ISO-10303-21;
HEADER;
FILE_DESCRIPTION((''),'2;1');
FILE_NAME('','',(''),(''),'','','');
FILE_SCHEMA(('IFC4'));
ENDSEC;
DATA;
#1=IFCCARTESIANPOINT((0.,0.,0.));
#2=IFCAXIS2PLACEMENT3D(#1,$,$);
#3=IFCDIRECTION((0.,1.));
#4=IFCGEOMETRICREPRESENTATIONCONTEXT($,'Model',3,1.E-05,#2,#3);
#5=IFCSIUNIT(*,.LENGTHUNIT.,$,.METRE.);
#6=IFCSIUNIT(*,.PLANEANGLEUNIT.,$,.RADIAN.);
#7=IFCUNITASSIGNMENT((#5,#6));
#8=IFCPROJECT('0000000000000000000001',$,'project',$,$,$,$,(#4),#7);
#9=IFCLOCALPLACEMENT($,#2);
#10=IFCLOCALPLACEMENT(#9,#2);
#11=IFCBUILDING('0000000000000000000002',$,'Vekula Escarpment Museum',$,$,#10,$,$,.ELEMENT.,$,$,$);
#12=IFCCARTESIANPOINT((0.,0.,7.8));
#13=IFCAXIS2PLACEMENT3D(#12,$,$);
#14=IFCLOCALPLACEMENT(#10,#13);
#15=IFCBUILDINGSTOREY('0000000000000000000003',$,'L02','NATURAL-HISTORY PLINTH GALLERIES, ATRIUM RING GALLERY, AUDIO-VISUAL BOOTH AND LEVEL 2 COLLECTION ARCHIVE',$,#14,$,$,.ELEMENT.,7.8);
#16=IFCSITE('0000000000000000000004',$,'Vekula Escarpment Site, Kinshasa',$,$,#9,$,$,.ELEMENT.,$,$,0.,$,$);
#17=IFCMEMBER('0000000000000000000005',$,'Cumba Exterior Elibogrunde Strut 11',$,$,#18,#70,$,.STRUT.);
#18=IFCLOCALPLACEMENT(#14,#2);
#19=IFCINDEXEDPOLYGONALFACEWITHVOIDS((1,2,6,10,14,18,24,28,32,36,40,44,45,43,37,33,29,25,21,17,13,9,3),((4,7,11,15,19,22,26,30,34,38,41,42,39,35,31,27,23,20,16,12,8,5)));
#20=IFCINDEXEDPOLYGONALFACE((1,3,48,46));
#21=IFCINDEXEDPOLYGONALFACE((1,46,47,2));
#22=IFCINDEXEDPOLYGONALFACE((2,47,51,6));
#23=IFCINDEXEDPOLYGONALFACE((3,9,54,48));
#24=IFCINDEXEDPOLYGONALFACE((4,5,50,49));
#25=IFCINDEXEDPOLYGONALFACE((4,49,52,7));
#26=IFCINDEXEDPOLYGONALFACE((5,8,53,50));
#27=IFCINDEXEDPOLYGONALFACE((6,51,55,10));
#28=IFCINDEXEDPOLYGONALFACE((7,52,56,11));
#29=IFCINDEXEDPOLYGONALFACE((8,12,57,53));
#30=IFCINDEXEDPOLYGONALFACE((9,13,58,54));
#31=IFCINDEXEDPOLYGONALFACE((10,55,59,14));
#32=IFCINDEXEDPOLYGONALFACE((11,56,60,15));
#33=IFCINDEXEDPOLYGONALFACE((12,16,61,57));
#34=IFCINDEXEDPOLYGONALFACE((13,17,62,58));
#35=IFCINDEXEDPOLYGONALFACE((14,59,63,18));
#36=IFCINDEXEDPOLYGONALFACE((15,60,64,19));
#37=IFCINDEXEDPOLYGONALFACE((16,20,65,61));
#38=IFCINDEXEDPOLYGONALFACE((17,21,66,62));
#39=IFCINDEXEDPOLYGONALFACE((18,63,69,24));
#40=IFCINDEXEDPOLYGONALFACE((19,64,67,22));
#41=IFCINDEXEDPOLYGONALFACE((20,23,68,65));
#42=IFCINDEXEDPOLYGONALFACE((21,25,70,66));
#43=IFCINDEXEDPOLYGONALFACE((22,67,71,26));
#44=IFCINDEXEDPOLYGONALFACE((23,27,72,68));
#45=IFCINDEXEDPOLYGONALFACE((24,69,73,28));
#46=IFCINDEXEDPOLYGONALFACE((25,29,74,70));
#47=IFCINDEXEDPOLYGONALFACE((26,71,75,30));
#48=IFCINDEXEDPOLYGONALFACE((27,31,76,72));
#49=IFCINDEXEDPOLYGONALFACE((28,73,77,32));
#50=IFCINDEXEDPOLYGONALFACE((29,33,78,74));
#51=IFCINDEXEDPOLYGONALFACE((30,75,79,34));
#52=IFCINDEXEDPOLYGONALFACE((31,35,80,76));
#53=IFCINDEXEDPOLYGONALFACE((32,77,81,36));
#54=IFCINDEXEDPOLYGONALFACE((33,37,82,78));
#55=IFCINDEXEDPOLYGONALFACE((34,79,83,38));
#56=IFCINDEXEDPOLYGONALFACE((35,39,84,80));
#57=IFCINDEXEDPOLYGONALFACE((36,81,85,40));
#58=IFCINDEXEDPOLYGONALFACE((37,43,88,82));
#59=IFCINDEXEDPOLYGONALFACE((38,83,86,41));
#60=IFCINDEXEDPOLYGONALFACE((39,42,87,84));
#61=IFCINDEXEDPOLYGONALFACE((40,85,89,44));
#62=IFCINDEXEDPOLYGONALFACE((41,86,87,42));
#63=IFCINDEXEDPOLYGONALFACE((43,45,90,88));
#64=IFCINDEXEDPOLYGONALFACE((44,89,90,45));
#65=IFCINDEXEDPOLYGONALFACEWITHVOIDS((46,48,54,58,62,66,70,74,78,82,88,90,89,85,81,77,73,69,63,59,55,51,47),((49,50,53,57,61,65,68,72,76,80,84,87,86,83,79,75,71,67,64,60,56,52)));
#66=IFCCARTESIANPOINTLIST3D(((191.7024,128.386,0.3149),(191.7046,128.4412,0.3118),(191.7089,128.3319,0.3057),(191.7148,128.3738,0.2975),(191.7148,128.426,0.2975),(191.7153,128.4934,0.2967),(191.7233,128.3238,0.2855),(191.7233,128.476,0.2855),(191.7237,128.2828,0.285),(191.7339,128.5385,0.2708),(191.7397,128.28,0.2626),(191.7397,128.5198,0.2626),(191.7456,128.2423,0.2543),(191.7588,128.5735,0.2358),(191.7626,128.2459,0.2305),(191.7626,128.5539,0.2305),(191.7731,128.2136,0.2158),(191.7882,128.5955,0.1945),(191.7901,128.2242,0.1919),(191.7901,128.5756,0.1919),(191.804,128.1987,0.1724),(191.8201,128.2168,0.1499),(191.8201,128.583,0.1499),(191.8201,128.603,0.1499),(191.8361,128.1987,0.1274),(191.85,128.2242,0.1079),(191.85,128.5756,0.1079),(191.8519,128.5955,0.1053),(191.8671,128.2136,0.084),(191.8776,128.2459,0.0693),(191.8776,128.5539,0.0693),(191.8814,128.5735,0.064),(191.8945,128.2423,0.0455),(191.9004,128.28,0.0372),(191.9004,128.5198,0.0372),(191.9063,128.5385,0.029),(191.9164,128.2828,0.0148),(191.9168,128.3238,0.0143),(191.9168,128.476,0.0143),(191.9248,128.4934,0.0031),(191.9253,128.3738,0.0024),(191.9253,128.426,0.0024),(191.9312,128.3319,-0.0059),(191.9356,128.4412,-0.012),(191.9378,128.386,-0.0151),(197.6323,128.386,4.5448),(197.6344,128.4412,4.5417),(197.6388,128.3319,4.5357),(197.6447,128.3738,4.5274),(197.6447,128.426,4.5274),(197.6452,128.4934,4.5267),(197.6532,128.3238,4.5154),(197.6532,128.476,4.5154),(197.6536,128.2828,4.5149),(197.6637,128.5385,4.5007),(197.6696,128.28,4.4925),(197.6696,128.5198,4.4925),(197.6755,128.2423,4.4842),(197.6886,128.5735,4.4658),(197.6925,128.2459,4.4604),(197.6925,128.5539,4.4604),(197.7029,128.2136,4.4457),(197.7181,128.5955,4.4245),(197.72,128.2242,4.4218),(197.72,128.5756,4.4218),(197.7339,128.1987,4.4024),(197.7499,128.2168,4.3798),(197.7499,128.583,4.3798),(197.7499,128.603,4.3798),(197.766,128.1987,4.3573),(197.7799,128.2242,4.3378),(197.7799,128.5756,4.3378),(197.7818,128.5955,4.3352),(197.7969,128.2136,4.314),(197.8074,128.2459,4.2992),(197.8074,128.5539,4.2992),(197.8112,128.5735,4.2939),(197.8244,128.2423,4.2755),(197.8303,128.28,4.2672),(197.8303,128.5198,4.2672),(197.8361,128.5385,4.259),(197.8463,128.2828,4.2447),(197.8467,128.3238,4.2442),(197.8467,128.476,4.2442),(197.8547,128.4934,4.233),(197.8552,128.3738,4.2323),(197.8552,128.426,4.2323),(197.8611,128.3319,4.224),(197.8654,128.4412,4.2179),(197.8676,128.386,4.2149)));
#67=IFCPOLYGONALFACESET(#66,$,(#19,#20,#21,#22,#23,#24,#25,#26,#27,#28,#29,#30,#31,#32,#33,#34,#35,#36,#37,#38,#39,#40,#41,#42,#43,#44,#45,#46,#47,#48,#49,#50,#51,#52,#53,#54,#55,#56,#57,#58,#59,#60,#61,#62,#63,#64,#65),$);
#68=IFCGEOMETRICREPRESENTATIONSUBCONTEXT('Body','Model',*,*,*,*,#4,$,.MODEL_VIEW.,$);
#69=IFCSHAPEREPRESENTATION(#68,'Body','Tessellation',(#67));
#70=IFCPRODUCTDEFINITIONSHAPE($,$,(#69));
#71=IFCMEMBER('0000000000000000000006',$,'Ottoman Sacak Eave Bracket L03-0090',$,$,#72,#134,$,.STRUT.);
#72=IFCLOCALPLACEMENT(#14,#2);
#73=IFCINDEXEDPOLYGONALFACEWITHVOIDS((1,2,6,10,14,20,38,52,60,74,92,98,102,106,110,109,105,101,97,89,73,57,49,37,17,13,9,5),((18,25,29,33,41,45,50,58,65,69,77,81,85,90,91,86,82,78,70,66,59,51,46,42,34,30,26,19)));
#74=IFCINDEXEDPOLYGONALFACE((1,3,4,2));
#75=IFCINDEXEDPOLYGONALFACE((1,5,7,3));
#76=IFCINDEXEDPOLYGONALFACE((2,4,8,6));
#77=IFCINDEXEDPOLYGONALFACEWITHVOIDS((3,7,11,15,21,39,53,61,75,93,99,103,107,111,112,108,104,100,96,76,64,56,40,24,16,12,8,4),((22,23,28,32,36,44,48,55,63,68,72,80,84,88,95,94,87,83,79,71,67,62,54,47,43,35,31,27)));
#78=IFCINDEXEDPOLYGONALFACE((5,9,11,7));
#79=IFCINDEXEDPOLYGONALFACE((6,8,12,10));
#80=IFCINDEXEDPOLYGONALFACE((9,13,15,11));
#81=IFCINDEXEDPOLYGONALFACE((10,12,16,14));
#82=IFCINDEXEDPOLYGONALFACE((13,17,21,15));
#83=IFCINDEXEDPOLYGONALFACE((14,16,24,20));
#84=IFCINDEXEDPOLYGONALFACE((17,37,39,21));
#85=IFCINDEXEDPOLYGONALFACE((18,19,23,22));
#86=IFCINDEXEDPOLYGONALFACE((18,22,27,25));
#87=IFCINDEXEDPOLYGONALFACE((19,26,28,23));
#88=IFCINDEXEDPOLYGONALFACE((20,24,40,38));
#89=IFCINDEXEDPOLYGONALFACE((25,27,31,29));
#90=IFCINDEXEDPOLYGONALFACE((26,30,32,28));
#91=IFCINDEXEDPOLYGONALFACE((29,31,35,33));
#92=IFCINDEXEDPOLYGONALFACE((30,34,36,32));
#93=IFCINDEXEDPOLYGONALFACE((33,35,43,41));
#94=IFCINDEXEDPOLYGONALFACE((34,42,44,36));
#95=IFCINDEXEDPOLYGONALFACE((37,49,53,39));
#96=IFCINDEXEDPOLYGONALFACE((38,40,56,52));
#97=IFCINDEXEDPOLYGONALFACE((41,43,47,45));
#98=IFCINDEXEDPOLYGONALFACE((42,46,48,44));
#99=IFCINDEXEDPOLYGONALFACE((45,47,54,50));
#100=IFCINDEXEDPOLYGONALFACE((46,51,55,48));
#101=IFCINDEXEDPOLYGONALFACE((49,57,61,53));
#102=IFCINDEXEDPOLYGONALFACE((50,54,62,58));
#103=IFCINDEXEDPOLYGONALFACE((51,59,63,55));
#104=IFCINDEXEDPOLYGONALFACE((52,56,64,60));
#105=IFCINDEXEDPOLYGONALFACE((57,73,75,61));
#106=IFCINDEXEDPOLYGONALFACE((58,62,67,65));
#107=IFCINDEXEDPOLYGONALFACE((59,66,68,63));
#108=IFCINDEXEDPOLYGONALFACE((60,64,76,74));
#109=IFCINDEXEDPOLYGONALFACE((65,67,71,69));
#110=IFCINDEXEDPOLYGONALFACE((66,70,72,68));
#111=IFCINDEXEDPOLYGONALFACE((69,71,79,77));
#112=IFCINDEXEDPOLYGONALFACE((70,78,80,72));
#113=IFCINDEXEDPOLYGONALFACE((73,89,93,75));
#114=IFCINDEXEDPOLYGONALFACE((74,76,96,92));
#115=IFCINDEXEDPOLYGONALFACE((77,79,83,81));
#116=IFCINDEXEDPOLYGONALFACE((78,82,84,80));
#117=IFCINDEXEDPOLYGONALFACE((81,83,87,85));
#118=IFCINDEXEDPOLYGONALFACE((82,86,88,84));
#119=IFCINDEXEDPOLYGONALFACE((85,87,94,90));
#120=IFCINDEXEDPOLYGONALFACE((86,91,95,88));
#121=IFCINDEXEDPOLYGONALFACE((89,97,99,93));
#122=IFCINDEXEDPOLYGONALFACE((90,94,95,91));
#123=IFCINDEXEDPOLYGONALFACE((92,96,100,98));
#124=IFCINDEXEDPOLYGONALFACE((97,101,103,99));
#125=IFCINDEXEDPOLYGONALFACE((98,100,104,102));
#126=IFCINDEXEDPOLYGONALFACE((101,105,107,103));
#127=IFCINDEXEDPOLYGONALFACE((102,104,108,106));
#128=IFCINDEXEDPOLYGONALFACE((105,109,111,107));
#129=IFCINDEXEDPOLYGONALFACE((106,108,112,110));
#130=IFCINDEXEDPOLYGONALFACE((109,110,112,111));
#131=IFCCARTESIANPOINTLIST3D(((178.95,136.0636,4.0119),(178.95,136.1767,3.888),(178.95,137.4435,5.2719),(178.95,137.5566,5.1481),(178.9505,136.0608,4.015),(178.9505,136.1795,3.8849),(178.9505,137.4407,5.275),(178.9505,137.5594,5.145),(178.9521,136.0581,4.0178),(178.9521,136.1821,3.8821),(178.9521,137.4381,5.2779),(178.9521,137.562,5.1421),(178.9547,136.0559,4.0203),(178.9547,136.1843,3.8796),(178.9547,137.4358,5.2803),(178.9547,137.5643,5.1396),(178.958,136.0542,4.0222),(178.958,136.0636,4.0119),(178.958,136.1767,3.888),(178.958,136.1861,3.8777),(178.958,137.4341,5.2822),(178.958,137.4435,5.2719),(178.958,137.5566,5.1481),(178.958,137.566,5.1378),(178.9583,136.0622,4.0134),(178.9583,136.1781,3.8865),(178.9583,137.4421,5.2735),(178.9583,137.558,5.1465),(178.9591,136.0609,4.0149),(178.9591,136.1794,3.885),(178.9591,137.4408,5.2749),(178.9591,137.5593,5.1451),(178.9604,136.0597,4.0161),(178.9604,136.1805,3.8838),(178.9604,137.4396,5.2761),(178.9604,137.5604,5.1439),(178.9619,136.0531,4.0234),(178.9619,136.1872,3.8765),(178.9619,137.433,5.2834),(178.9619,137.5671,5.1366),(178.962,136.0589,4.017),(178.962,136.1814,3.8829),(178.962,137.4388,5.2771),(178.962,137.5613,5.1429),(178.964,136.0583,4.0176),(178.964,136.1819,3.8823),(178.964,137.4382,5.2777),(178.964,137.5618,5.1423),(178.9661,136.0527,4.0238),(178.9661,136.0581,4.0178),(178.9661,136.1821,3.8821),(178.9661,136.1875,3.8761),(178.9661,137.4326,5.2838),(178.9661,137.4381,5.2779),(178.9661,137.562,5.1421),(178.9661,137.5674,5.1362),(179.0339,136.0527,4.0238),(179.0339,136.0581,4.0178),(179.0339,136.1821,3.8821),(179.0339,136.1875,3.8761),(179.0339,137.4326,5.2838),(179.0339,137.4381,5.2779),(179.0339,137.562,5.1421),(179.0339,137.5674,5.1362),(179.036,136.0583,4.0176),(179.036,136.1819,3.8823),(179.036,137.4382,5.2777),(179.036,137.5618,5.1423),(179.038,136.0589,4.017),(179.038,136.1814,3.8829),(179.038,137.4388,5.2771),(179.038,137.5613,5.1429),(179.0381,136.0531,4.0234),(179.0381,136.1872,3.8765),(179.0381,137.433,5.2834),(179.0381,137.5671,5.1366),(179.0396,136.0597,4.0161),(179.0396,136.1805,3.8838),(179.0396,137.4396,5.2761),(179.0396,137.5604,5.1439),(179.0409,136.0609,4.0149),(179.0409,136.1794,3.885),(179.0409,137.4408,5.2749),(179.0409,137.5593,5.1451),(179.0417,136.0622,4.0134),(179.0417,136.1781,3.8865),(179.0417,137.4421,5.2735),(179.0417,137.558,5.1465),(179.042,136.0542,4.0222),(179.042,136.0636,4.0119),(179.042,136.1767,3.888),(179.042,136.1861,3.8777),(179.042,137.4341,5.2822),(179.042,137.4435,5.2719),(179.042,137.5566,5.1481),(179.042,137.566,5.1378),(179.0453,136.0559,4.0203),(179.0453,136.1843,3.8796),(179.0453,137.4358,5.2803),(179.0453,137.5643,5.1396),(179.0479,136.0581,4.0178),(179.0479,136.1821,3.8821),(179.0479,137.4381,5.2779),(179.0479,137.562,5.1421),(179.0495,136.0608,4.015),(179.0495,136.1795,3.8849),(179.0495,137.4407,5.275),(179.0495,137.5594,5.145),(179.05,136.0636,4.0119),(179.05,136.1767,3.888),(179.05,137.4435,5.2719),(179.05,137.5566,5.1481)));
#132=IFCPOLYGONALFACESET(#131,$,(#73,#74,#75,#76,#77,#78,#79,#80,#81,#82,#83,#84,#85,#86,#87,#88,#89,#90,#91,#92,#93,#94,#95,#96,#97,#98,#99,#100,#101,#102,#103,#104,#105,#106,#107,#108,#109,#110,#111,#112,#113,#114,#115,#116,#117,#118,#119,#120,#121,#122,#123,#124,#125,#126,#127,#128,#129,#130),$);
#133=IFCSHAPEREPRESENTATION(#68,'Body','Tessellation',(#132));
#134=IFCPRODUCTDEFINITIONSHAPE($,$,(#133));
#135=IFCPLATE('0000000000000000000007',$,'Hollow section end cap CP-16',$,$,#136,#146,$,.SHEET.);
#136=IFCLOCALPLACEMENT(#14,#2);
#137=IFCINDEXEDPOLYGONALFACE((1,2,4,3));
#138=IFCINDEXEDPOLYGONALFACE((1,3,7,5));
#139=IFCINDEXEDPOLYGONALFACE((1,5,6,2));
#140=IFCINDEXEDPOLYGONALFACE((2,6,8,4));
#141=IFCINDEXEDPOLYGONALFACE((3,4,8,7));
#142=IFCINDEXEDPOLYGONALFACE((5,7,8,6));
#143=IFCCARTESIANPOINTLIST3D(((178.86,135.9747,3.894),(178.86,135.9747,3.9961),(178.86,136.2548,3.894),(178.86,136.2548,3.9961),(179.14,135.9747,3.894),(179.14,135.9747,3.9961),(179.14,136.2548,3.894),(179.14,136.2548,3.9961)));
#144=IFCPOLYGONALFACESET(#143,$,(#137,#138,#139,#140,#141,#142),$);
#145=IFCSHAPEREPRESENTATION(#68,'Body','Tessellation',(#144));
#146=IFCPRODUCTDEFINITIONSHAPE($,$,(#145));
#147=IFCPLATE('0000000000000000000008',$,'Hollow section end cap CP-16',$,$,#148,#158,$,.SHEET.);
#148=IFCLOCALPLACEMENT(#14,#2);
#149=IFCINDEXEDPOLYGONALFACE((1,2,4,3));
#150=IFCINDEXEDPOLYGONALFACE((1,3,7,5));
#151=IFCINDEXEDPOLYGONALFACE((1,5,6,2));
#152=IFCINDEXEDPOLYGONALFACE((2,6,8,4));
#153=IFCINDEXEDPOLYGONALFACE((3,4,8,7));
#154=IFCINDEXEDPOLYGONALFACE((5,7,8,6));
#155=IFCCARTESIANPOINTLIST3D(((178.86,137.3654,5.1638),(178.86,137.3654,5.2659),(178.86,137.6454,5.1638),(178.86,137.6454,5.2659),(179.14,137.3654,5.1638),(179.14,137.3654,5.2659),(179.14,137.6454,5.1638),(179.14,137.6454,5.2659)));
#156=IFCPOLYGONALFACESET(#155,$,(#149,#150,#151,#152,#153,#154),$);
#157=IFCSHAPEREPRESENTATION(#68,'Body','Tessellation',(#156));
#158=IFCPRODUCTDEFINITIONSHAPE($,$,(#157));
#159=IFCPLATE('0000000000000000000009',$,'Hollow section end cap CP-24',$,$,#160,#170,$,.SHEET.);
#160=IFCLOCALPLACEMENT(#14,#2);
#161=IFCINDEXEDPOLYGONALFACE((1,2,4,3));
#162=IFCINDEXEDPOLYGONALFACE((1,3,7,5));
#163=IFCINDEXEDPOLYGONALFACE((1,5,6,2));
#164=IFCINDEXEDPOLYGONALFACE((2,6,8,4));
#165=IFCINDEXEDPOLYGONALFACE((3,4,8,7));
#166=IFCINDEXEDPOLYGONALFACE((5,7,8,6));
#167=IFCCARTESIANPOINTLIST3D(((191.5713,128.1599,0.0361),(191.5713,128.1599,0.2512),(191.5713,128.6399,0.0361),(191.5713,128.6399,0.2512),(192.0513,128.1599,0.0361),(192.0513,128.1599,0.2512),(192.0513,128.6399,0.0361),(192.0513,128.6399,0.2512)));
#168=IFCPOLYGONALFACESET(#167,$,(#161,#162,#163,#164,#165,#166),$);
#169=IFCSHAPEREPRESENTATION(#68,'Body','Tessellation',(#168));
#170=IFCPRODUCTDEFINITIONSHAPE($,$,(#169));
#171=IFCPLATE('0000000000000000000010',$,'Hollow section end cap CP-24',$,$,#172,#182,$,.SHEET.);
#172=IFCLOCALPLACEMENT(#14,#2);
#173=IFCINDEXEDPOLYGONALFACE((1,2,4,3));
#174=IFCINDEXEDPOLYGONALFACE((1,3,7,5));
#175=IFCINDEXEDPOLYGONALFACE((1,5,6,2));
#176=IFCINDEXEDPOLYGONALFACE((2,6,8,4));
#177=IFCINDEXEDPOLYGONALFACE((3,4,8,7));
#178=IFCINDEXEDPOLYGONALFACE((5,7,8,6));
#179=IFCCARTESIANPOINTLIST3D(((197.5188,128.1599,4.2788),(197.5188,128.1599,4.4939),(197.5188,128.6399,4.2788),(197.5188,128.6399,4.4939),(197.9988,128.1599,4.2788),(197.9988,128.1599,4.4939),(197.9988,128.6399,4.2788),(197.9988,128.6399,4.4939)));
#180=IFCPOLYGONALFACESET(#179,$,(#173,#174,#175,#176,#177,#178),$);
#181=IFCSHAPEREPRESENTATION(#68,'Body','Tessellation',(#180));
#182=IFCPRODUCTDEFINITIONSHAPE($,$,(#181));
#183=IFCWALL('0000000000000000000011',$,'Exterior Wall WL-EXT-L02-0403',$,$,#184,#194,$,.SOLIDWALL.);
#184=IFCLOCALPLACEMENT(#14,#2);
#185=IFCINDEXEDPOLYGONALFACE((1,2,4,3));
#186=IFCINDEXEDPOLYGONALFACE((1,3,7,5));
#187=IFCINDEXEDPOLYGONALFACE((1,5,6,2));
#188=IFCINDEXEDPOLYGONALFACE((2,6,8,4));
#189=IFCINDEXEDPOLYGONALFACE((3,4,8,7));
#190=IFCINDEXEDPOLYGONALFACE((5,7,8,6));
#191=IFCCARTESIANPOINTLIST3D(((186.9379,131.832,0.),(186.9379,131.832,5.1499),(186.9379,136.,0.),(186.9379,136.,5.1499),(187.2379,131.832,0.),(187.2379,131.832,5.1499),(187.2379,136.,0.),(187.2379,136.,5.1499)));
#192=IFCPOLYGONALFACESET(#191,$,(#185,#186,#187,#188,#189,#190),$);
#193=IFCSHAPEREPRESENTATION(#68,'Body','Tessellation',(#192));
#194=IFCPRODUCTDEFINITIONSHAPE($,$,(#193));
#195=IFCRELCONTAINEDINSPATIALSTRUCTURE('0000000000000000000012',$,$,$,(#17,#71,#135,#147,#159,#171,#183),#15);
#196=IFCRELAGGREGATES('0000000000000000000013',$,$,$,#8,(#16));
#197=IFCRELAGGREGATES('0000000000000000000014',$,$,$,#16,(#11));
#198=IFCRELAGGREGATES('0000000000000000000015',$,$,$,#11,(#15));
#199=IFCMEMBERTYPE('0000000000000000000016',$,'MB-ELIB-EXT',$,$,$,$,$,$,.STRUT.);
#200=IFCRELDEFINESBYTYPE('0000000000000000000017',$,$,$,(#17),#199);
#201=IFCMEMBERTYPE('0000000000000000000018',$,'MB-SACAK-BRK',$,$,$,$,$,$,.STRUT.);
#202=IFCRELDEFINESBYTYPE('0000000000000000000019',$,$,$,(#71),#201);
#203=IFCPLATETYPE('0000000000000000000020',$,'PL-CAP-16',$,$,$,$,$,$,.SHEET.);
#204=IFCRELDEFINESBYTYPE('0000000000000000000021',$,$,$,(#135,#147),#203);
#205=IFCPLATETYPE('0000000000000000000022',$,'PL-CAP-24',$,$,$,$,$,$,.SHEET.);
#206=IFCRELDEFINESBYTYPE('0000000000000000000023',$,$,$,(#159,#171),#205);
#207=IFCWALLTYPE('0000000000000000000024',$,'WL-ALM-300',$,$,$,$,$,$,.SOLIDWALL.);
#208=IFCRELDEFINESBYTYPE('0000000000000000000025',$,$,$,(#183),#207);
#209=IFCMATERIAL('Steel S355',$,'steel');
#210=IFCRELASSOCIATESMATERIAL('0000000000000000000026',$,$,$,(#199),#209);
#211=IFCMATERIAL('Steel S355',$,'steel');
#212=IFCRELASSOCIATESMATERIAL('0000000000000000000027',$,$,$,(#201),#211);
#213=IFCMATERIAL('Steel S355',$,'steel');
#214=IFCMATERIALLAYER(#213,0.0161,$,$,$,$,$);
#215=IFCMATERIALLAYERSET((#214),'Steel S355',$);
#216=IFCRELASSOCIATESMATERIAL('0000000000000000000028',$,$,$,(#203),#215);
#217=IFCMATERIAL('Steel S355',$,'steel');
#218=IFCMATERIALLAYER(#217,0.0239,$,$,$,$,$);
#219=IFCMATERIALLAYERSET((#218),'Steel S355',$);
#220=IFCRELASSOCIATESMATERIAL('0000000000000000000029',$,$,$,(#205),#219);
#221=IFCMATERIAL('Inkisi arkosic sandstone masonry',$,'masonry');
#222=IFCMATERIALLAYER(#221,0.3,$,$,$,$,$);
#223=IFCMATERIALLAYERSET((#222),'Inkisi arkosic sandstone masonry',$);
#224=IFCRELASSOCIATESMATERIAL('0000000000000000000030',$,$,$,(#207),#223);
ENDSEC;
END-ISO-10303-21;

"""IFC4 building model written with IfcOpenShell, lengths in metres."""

from ifc_helpers import new_model, si_unit, direction, frame, frame_2d, origin, origin_2d, place, context, subcontext, project, spatial, rectangle, hollow_rectangle, hollow_circle, extrude, material, layer, layer_set, material_profile, profile_set, type_object, element, save


model = new_model("IFC4")

# Units and contexts
model_context = context("Model", 3, precision=1e-05, world=origin(), true_north=direction((0.0, 1.0)))
body_context = subcontext(model_context, "Body", "Model", "MODEL_VIEW")
ifc_project = project(units=[si_unit("LENGTHUNIT", "METRE"), si_unit("PLANEANGLEUNIT", "RADIAN")], contexts=[model_context])

# Site, building, storey
site_placement = place(None, origin())
site = spatial("IfcSite", under=ifc_project, at=site_placement, Name="Vekula Escarpment Site, Kinshasa", CompositionType="ELEMENT", RefElevation=0.0)
building_placement = place(site_placement, origin())
building = spatial("IfcBuilding", under=site, at=building_placement, Name="Vekula Escarpment Museum", CompositionType="ELEMENT")
storey_placement = place(building_placement, frame((0.0, 0.0, 7.8)))
storey = spatial("IfcBuildingStorey", under=building, at=storey_placement, Name="L02", Description="NATURAL-HISTORY PLINTH GALLERIES, ATRIUM RING GALLERY, AUDIO-VISUAL BOOTH AND LEVEL 2 COLLECTION ARCHIVE", CompositionType="ELEMENT", Elevation=7.8)

# Members
ifc_material_1 = material(Name="Steel S355", Category="steel")
ifc_material_profile_1 = material_profile(ifc_material_1, hollow_circle(Radius=0.2031, WallThickness=0.02, at=origin_2d()), Name="CHS 406.4x20")
ifc_profile_set_1 = profile_set([ifc_material_profile_1], Name="Steel S355")
member_type_1 = type_object("IfcMemberType", Name="MB-ELIB-EXT", PredefinedType="STRUT", material=ifc_profile_set_1)
member_1_placement = place(storey_placement, frame((191.8201, 128.3999, 0.1499), z_axis=(0.814102, 0.0, 0.580721), x_axis=(0.0, 1.0, 0.0)))
element("IfcMember", 1, at=member_1_placement, inside=storey, type_object=member_type_1, Name="Cumba Exterior Elibogrunde Strut 11", PredefinedType="STRUT", context=body_context, shape_type="SweptSolid", body=[
    extrude(hollow_circle(Radius=0.2031, WallThickness=0.02, at=origin_2d()), origin(), (0.0, 0.0, 1.0), 7.2839),
])
ifc_material_2 = material(Name="Steel S355", Category="steel")
ifc_material_profile_2 = material_profile(ifc_material_2, hollow_rectangle(XDim=0.1001, YDim=0.2, WallThickness=0.0081, InnerFilletRadius=0.0081, OuterFilletRadius=0.0161, at=origin_2d()), Name="RHS 200x100x8")
ifc_profile_set_2 = profile_set([ifc_material_profile_2], Name="Steel S355")
member_type_2 = type_object("IfcMemberType", Name="MB-SACAK-BRK", PredefinedType="STRUT", material=ifc_profile_set_2)
member_2_placement = place(storey_placement, frame((179.0, 136.1201, 3.95), z_axis=(0.0, 0.738454, 0.674303), x_axis=(-1.0, 0.0, 0.0)))
element("IfcMember", 2, at=member_2_placement, inside=storey, type_object=member_type_2, Name="Ottoman Sacak Eave Bracket L03-0090", PredefinedType="STRUT", context=body_context, shape_type="SweptSolid", body=[
    extrude(hollow_rectangle(XDim=0.1001, YDim=0.2, WallThickness=0.0081, InnerFilletRadius=0.0081, OuterFilletRadius=0.0161, at=origin_2d()), origin(), (0.0, 0.0, 1.0), 1.8687),
])

# Plates
ifc_material_3 = material(Name="Steel S355", Category="steel")
ifc_layer_1 = layer(ifc_material_3, 0.0161)
ifc_layer_set_1 = layer_set([ifc_layer_1], Name="Steel S355")
plate_type_1 = type_object("IfcPlateType", Name="PL-CAP-16", PredefinedType="SHEET", material=ifc_layer_set_1)
for number, where, z_axis, x_axis, name in (
    (3, (179.0, 136.1147, 3.894), (0.0, 0.0, 1.0), (1.0, 0.0, 0.0), "Hollow section end cap CP-16"),
    (4, (179.0, 137.5054, 5.1638), (0.0, 0.0, 1.0), (1.0, 0.0, 0.0), "Hollow section end cap CP-16"),
):
    element("IfcPlate", number, at=place(storey_placement, frame(where, z_axis=z_axis, x_axis=x_axis)), inside=storey, type_object=plate_type_1, Name=name, PredefinedType="SHEET", context=body_context, shape_type="SweptSolid", body=[
        extrude(rectangle(XDim=0.28, YDim=0.28, at=origin_2d()), origin(), (0.0, 0.0, 1.0), 0.1021),
    ])
ifc_material_4 = material(Name="Steel S355", Category="steel")
ifc_layer_2 = layer(ifc_material_4, 0.0239)
ifc_layer_set_2 = layer_set([ifc_layer_2], Name="Steel S355")
plate_type_2 = type_object("IfcPlateType", Name="PL-CAP-24", PredefinedType="SHEET", material=ifc_layer_set_2)
for number, where, z_axis, x_axis, name in (
    (5, (191.8113, 128.3999, 0.0361), (0.0, 0.0, 1.0), (1.0, 0.0, 0.0), "Hollow section end cap CP-24"),
    (6, (197.7588, 128.3999, 4.2788), (0.0, 0.0, 1.0), (1.0, 0.0, 0.0), "Hollow section end cap CP-24"),
):
    element("IfcPlate", number, at=place(storey_placement, frame(where, z_axis=z_axis, x_axis=x_axis)), inside=storey, type_object=plate_type_2, Name=name, PredefinedType="SHEET", context=body_context, shape_type="SweptSolid", body=[
        extrude(rectangle(XDim=0.48, YDim=0.48, at=origin_2d()), origin(), (0.0, 0.0, 1.0), 0.2151),
    ])

# Wall
ifc_material_5 = material(Name="Inkisi arkosic sandstone masonry", Category="masonry")
ifc_layer_3 = layer(ifc_material_5, 0.3)
ifc_layer_set_3 = layer_set([ifc_layer_3], Name="Inkisi arkosic sandstone masonry")
wall_type_1 = type_object("IfcWallType", Name="WL-ALM-300", PredefinedType="SOLIDWALL", material=ifc_layer_set_3)
wall_1_placement = place(storey_placement, frame((187.0879, 136.0, 0.0), z_axis=(0.0, 0.0, 1.0), x_axis=(0.0, -1.0, 0.0)))
element("IfcWall", 7, at=wall_1_placement, inside=storey, type_object=wall_type_1, Name="Exterior Wall WL-EXT-L02-0403", PredefinedType="SOLIDWALL", context=body_context, shape_type="SweptSolid", body=[
    extrude(rectangle(XDim=4.168, YDim=0.3, at=frame_2d((2.084, 0.0))), origin(), (0.0, 0.0, 1.0), 5.1499),
])

save(model, "model.ifc")
